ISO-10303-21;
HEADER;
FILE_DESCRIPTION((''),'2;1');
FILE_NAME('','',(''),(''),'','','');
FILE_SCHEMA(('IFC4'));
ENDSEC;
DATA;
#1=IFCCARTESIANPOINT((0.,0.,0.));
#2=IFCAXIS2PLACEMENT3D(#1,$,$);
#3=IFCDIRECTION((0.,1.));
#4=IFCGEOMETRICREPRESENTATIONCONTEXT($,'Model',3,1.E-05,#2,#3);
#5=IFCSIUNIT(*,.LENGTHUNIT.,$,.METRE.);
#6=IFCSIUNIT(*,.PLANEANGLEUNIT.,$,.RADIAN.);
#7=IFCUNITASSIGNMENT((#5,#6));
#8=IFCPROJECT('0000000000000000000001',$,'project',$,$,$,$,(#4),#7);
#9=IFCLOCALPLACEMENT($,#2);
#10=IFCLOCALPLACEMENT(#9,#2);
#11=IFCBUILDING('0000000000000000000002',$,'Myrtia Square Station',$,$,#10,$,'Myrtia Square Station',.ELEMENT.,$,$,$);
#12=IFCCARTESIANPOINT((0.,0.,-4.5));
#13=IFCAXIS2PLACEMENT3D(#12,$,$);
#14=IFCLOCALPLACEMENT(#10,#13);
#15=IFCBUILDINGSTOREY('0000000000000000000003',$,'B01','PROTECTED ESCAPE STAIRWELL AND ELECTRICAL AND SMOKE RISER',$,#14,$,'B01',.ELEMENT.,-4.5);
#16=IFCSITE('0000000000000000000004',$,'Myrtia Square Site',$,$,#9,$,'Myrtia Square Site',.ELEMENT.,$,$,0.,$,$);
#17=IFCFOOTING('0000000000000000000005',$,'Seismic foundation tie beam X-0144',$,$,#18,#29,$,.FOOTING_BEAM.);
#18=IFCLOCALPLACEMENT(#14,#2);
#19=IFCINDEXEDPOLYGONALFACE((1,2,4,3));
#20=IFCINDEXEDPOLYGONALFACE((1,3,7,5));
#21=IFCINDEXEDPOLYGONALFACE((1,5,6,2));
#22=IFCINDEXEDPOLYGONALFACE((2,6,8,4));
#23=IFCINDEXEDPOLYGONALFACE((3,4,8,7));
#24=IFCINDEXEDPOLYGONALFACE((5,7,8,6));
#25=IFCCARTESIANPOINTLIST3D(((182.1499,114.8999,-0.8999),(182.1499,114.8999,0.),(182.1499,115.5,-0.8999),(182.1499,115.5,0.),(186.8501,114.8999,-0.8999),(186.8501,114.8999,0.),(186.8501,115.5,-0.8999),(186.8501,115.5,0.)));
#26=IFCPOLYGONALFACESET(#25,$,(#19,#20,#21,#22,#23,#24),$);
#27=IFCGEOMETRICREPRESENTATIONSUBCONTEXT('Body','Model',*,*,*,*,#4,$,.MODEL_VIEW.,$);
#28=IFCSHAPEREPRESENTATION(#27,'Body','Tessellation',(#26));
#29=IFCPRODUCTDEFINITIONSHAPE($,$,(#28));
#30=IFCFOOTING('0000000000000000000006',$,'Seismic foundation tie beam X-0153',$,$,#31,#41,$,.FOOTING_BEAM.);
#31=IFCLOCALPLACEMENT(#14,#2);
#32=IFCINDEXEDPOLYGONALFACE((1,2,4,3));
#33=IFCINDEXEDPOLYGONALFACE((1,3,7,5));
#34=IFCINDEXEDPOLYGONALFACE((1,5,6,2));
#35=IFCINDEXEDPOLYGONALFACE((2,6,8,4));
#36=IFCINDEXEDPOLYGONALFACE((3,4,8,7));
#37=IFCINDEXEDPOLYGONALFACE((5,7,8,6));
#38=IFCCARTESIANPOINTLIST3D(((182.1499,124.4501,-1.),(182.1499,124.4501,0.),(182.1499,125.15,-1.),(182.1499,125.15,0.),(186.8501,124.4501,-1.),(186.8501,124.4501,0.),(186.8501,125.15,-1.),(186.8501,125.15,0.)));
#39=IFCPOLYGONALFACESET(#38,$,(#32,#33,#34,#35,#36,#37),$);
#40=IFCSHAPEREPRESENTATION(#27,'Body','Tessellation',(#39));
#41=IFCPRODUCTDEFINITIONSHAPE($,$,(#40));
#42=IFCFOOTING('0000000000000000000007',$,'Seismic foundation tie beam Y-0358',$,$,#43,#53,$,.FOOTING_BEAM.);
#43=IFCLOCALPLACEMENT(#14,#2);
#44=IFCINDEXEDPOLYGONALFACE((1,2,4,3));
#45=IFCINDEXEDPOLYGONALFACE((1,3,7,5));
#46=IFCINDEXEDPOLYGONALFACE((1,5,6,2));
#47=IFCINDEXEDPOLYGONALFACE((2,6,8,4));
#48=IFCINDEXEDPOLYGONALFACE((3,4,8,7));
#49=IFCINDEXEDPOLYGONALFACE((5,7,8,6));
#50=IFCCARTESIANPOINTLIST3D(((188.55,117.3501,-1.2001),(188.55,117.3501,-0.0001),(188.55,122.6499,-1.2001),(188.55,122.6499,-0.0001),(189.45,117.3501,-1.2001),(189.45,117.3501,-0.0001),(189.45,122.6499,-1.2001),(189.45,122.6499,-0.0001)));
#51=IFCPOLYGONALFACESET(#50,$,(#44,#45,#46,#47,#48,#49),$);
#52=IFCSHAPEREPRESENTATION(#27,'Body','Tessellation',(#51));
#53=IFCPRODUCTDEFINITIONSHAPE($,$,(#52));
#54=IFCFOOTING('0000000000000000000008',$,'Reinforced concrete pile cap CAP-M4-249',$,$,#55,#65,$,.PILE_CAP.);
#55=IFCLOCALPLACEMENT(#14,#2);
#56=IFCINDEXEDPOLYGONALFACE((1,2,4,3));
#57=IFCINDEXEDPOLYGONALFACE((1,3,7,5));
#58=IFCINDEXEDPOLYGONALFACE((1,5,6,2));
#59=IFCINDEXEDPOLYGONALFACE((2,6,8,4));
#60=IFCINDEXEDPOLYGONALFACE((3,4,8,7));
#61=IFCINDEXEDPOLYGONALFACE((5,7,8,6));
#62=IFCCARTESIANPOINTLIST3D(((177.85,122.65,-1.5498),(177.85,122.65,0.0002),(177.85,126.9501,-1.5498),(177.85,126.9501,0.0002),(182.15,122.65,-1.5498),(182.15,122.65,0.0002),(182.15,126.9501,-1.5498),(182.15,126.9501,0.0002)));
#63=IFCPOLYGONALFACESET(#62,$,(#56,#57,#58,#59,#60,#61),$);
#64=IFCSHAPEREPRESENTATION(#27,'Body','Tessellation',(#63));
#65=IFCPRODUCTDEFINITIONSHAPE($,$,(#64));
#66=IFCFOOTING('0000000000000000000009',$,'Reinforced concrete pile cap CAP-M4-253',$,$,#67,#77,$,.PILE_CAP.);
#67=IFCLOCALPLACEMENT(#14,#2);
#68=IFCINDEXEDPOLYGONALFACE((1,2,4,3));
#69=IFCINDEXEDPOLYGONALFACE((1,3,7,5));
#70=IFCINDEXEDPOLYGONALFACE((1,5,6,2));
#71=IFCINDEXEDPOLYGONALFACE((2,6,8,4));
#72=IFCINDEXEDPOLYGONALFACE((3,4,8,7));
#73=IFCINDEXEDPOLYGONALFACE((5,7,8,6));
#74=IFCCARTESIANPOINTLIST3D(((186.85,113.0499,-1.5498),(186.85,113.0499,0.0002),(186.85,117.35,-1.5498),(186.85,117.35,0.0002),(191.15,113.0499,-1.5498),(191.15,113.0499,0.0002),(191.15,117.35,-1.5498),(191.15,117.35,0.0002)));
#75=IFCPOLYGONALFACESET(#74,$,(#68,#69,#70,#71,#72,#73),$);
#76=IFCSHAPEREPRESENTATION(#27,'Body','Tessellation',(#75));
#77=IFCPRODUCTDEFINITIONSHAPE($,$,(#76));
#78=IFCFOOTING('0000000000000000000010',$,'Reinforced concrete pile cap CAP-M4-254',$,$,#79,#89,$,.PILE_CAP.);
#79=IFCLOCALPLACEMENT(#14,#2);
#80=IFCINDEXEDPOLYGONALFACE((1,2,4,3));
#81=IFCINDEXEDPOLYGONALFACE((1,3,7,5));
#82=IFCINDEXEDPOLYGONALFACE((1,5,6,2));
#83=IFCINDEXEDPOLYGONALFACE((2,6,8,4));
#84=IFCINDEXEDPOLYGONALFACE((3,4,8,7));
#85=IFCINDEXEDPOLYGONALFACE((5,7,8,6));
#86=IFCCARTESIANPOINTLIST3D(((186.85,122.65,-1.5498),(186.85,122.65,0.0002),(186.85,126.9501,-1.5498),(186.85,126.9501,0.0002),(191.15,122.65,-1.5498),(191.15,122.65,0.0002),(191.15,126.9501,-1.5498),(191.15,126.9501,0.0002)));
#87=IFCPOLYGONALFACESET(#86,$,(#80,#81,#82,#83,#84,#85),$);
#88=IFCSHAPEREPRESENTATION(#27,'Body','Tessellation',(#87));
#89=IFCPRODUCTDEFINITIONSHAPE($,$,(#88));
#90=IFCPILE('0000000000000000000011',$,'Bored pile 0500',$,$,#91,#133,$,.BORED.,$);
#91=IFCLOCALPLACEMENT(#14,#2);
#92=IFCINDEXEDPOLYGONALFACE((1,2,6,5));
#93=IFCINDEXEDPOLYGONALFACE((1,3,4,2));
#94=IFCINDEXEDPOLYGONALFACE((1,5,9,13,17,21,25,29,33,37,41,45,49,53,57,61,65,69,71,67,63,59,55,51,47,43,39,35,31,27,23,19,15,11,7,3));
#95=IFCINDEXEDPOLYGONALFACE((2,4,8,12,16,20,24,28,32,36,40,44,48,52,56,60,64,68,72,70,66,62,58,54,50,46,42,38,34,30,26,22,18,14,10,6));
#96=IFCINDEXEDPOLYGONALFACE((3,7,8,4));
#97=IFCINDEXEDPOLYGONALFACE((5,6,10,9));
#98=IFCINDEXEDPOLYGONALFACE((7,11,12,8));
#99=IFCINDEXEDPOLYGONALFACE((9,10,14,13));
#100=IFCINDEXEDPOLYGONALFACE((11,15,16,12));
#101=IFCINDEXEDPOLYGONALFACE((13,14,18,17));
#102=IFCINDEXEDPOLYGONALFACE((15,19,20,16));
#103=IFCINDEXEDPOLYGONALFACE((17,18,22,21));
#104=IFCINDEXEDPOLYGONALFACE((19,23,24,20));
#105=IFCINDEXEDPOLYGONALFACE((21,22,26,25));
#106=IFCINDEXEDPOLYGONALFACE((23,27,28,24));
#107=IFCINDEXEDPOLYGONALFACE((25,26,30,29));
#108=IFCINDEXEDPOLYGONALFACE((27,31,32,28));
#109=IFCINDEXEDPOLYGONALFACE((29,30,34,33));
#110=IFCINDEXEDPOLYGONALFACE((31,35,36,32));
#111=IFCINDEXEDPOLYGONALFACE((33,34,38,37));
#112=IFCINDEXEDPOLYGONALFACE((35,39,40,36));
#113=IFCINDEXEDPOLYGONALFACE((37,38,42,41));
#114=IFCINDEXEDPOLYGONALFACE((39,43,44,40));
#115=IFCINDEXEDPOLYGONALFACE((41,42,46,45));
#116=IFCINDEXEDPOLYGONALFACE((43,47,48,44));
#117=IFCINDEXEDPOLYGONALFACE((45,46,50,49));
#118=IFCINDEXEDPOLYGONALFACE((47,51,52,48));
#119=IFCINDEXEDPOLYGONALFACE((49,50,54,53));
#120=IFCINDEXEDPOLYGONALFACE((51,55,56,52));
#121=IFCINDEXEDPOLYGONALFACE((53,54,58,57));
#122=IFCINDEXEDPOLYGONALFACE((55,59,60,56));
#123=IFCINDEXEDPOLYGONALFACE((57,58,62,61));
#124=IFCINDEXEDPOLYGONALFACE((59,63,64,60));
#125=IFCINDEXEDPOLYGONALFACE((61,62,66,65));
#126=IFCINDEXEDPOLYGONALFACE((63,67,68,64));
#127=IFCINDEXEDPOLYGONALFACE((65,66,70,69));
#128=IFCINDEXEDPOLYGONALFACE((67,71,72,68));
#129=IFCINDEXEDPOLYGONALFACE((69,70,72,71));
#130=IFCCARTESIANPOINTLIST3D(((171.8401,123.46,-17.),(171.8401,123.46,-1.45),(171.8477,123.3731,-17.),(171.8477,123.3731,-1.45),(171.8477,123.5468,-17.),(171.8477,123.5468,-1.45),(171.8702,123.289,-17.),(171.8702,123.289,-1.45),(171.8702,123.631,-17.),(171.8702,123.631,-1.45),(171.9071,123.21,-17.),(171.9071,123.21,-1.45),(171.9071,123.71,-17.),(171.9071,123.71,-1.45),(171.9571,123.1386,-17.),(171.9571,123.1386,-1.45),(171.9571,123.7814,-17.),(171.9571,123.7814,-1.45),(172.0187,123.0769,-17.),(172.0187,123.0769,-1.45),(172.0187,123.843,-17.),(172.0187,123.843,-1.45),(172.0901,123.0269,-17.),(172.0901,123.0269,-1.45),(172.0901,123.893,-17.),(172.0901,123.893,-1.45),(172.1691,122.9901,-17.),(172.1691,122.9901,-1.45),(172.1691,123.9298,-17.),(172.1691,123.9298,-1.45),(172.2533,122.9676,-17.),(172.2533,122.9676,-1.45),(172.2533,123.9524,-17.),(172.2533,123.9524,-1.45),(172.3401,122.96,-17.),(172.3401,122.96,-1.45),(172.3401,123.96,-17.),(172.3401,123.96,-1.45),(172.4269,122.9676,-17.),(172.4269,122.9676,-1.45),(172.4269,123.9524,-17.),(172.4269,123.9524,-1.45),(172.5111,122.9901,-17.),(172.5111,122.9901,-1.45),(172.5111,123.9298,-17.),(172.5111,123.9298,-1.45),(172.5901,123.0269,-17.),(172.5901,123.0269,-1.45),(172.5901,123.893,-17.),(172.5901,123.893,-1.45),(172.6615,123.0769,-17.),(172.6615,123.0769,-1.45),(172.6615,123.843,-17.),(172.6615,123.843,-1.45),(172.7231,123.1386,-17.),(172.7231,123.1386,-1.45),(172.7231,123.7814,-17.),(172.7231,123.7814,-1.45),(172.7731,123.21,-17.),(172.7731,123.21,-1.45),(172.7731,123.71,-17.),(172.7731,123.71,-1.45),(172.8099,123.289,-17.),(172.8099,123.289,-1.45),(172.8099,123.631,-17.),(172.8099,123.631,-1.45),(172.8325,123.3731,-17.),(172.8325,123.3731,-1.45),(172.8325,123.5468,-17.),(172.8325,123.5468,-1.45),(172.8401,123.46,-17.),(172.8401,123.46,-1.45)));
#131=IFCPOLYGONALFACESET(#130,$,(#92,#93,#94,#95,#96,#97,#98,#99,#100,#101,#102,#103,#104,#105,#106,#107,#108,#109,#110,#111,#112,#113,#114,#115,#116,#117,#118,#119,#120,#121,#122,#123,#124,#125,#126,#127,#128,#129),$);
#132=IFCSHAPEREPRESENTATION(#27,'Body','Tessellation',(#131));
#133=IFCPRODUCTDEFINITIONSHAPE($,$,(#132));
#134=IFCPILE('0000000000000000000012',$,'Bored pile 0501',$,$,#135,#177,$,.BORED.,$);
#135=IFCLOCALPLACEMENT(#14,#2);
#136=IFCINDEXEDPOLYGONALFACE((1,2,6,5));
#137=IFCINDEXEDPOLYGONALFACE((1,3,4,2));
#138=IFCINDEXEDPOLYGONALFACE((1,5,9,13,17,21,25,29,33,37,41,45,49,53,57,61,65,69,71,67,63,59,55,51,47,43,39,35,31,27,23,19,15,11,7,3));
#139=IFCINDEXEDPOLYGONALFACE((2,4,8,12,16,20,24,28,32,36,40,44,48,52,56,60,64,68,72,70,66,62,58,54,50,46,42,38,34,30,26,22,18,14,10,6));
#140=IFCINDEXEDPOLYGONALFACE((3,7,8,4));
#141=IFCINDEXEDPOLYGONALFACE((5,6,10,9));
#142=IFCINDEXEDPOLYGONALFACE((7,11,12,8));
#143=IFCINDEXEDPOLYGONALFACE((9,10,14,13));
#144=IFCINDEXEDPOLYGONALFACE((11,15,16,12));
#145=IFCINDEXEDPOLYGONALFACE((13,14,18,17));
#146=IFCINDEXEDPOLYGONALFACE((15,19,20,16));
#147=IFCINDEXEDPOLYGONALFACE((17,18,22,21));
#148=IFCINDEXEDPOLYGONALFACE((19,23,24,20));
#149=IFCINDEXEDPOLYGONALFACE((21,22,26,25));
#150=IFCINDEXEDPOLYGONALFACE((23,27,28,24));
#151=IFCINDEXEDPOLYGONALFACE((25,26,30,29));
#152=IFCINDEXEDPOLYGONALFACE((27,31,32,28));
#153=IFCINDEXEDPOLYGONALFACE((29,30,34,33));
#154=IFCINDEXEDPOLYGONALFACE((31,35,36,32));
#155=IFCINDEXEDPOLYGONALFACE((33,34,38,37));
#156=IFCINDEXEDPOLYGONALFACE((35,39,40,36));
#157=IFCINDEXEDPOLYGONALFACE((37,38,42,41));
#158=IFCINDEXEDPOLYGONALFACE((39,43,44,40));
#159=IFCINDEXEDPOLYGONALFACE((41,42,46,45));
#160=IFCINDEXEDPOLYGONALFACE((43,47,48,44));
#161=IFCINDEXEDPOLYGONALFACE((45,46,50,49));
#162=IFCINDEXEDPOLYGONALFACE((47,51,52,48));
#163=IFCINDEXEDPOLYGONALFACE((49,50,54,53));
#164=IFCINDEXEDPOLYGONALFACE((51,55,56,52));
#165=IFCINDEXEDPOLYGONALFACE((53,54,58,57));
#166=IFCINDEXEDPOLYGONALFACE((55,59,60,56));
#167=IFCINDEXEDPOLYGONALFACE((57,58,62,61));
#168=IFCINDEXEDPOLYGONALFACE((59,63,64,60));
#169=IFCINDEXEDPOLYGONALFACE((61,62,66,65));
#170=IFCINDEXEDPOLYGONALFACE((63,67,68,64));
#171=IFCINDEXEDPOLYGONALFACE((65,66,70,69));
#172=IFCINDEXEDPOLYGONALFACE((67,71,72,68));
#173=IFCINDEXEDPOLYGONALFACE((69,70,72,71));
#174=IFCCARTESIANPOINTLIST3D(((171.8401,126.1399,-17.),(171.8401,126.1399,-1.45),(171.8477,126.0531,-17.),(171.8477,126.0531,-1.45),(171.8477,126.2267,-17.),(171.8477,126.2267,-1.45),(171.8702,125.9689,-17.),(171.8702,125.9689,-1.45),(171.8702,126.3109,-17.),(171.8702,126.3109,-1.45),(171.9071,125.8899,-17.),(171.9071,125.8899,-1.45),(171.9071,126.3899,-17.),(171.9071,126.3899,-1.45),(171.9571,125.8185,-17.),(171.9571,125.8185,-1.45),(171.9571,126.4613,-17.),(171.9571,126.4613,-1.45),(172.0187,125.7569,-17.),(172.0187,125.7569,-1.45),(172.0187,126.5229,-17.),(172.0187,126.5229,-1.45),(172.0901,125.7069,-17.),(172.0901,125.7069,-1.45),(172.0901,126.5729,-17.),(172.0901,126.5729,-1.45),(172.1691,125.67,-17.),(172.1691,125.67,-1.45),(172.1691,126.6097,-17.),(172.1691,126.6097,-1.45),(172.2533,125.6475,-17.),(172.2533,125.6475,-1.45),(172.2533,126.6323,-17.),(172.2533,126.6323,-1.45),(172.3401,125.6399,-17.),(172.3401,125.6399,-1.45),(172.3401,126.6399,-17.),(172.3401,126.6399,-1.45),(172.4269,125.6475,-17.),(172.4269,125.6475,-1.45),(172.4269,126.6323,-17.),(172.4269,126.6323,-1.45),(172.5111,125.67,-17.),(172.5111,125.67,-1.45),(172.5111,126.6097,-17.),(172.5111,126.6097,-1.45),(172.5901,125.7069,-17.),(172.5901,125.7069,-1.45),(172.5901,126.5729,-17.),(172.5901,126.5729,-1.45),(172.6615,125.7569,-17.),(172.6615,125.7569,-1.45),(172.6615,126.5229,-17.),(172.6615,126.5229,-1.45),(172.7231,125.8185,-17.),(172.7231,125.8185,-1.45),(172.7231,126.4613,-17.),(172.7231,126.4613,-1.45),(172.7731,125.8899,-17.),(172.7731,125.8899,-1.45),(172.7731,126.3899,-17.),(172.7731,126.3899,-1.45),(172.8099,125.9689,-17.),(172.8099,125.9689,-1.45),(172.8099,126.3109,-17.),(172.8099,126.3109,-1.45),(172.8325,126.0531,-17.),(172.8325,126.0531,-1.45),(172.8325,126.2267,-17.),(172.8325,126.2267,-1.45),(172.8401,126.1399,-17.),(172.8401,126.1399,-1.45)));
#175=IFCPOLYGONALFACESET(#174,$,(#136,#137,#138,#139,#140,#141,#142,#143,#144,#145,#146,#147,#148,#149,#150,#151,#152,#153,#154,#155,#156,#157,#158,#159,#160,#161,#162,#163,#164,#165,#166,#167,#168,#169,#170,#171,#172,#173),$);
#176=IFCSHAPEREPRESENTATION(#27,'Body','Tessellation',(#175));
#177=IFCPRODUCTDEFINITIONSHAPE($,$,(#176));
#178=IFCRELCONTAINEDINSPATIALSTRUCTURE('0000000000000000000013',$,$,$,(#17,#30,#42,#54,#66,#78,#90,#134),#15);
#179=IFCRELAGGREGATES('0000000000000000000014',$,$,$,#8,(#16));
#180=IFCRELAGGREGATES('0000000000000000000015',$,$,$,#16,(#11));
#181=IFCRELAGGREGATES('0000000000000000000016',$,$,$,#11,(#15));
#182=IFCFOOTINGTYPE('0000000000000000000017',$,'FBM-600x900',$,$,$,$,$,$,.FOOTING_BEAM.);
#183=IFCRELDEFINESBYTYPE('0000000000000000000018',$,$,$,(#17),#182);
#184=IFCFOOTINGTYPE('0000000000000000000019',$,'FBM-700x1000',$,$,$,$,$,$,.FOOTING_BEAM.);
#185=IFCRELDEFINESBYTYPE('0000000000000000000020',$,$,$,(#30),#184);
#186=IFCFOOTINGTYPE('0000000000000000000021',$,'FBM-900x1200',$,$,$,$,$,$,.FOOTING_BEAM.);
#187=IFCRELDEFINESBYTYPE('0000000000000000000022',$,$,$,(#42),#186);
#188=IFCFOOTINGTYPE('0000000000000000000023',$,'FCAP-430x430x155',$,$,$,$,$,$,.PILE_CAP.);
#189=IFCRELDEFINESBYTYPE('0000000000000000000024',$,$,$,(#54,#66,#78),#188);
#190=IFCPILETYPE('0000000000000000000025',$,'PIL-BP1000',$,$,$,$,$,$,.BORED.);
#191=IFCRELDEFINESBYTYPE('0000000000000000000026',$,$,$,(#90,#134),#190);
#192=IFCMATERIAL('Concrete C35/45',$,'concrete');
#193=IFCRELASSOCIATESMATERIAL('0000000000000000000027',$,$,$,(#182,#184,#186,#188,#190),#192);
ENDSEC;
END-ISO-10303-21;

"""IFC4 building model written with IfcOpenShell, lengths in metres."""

from ifc_helpers import new_model, si_unit, direction, frame, origin, origin_2d, place, context, subcontext, project, spatial, rectangle, circle, extrude, material, material_profile, profile_set, type_object, element, save


model = new_model("IFC4")

# Units and contexts
model_context = context("Model", 3, precision=1e-05, world=origin(), true_north=direction((0.0, 1.0)))
body_context = subcontext(model_context, "Body", "Model", "MODEL_VIEW")
ifc_project = project(units=[si_unit("LENGTHUNIT", "METRE"), si_unit("PLANEANGLEUNIT", "RADIAN")], contexts=[model_context])

# Site, building, storey
site_placement = place(None, origin())
site = spatial("IfcSite", under=ifc_project, at=site_placement, Name="Myrtia Square Site", LongName="Myrtia Square Site", CompositionType="ELEMENT", RefElevation=0.0)
building_placement = place(site_placement, origin())
building = spatial("IfcBuilding", under=site, at=building_placement, Name="Myrtia Square Station", LongName="Myrtia Square Station", CompositionType="ELEMENT")
storey_placement = place(building_placement, frame((0.0, 0.0, -4.5)))
storey = spatial("IfcBuildingStorey", under=building, at=storey_placement, Name="B01", Description="PROTECTED ESCAPE STAIRWELL AND ELECTRICAL AND SMOKE RISER", LongName="B01", CompositionType="ELEMENT", Elevation=-4.5)

# Footings
ifc_material_1 = material(Name="Concrete C35/45", Category="concrete")
ifc_material_profile_1 = material_profile(ifc_material_1, rectangle(XDim=0.6001, YDim=0.8999, at=origin_2d()), Name="FB 600x900")
ifc_profile_set_1 = profile_set([ifc_material_profile_1], Name="Concrete C35/45")
footing_type_1 = type_object("IfcFootingType", Name="FBM-600x900", PredefinedType="FOOTING_BEAM", material=ifc_profile_set_1)
footing_1_placement = place(storey_placement, frame((182.1499, 115.2, -0.45), z_axis=(1.0, 0.0, 0.0), x_axis=(0.0, 1.0, 0.0)))
element("IfcFooting", 1, at=footing_1_placement, inside=storey, type_object=footing_type_1, Name="Seismic foundation tie beam X-0144", PredefinedType="FOOTING_BEAM", context=body_context, shape_type="SweptSolid", body=[
    extrude(rectangle(XDim=0.6001, YDim=0.8999, at=origin_2d()), origin(), (0.0, 0.0, 1.0), 4.7002),
])
ifc_material_profile_2 = material_profile(ifc_material_1, rectangle(XDim=0.7, YDim=1.0, at=origin_2d()), Name="FB 700x1000")
ifc_profile_set_2 = profile_set([ifc_material_profile_2], Name="Concrete C35/45")
footing_type_2 = type_object("IfcFootingType", Name="FBM-700x1000", PredefinedType="FOOTING_BEAM", material=ifc_profile_set_2)
footing_2_placement = place(storey_placement, frame((182.1499, 124.8, -0.5), z_axis=(1.0, 0.0, 0.0), x_axis=(0.0, 1.0, 0.0)))
element("IfcFooting", 2, at=footing_2_placement, inside=storey, type_object=footing_type_2, Name="Seismic foundation tie beam X-0153", PredefinedType="FOOTING_BEAM", context=body_context, shape_type="SweptSolid", body=[
    extrude(rectangle(XDim=0.7, YDim=1.0, at=origin_2d()), origin(), (0.0, 0.0, 1.0), 4.7002),
])
ifc_material_profile_3 = material_profile(ifc_material_1, rectangle(XDim=0.8999, YDim=1.2, at=origin_2d()), Name="FB 900x1200")
ifc_profile_set_3 = profile_set([ifc_material_profile_3], Name="Concrete C35/45")
footing_type_3 = type_object("IfcFootingType", Name="FBM-900x1200", PredefinedType="FOOTING_BEAM", material=ifc_profile_set_3)
footing_3_placement = place(storey_placement, frame((189.0, 117.3501, -0.6001), z_axis=(0.0, 1.0, 0.0), x_axis=(-1.0, 0.0, 0.0)))
element("IfcFooting", 3, at=footing_3_placement, inside=storey, type_object=footing_type_3, Name="Seismic foundation tie beam Y-0358", PredefinedType="FOOTING_BEAM", context=body_context, shape_type="SweptSolid", body=[
    extrude(rectangle(XDim=0.8999, YDim=1.2, at=origin_2d()), origin(), (0.0, 0.0, 1.0), 5.2998),
])
footing_type_4 = type_object("IfcFootingType", Name="FCAP-430x430x155", PredefinedType="PILE_CAP", material=ifc_material_1)
for number, where, z_axis, x_axis, name in (
    (4, (180.0, 124.8, -1.5498), (0.0, 0.0, 1.0), (1.0, 0.0, 0.0), "Reinforced concrete pile cap CAP-M4-249"),
    (5, (189.0, 115.2, -1.5498), (0.0, 0.0, 1.0), (1.0, 0.0, 0.0), "Reinforced concrete pile cap CAP-M4-253"),
    (6, (189.0, 124.8, -1.5498), (0.0, 0.0, 1.0), (1.0, 0.0, 0.0), "Reinforced concrete pile cap CAP-M4-254"),
):
    element("IfcFooting", number, at=place(storey_placement, frame(where, z_axis=z_axis, x_axis=x_axis)), inside=storey, type_object=footing_type_4, Name=name, PredefinedType="PILE_CAP", context=body_context, shape_type="SweptSolid", body=[
        extrude(rectangle(XDim=4.3, YDim=4.3, at=origin_2d()), origin(), (0.0, 0.0, 1.0), 1.55),
    ])

# Piles
ifc_material_profile_4 = material_profile(ifc_material_1, circle(Radius=0.5, at=origin_2d()), Name="BP D1000")
ifc_profile_set_4 = profile_set([ifc_material_profile_4], Name="Concrete C35/45")
pile_type = type_object("IfcPileType", Name="PIL-BP1000", PredefinedType="BORED", material=ifc_profile_set_4)
for number, where, z_axis, x_axis, name in (
    (7, (172.3401, 123.46, -1.45), (0.0, 0.0, -1.0), (1.0, 0.0, 0.0), "Bored pile 0500"),
    (8, (172.3401, 126.1399, -1.45), (0.0, 0.0, -1.0), (1.0, 0.0, 0.0), "Bored pile 0501"),
):
    element("IfcPile", number, at=place(storey_placement, frame(where, z_axis=z_axis, x_axis=x_axis)), inside=storey, type_object=pile_type, Name=name, PredefinedType="BORED", context=body_context, shape_type="SweptSolid", body=[
        extrude(circle(Radius=0.5, at=origin_2d()), origin(), (0.0, 0.0, 1.0), 15.55),
    ])

save(model, "model.ifc")
